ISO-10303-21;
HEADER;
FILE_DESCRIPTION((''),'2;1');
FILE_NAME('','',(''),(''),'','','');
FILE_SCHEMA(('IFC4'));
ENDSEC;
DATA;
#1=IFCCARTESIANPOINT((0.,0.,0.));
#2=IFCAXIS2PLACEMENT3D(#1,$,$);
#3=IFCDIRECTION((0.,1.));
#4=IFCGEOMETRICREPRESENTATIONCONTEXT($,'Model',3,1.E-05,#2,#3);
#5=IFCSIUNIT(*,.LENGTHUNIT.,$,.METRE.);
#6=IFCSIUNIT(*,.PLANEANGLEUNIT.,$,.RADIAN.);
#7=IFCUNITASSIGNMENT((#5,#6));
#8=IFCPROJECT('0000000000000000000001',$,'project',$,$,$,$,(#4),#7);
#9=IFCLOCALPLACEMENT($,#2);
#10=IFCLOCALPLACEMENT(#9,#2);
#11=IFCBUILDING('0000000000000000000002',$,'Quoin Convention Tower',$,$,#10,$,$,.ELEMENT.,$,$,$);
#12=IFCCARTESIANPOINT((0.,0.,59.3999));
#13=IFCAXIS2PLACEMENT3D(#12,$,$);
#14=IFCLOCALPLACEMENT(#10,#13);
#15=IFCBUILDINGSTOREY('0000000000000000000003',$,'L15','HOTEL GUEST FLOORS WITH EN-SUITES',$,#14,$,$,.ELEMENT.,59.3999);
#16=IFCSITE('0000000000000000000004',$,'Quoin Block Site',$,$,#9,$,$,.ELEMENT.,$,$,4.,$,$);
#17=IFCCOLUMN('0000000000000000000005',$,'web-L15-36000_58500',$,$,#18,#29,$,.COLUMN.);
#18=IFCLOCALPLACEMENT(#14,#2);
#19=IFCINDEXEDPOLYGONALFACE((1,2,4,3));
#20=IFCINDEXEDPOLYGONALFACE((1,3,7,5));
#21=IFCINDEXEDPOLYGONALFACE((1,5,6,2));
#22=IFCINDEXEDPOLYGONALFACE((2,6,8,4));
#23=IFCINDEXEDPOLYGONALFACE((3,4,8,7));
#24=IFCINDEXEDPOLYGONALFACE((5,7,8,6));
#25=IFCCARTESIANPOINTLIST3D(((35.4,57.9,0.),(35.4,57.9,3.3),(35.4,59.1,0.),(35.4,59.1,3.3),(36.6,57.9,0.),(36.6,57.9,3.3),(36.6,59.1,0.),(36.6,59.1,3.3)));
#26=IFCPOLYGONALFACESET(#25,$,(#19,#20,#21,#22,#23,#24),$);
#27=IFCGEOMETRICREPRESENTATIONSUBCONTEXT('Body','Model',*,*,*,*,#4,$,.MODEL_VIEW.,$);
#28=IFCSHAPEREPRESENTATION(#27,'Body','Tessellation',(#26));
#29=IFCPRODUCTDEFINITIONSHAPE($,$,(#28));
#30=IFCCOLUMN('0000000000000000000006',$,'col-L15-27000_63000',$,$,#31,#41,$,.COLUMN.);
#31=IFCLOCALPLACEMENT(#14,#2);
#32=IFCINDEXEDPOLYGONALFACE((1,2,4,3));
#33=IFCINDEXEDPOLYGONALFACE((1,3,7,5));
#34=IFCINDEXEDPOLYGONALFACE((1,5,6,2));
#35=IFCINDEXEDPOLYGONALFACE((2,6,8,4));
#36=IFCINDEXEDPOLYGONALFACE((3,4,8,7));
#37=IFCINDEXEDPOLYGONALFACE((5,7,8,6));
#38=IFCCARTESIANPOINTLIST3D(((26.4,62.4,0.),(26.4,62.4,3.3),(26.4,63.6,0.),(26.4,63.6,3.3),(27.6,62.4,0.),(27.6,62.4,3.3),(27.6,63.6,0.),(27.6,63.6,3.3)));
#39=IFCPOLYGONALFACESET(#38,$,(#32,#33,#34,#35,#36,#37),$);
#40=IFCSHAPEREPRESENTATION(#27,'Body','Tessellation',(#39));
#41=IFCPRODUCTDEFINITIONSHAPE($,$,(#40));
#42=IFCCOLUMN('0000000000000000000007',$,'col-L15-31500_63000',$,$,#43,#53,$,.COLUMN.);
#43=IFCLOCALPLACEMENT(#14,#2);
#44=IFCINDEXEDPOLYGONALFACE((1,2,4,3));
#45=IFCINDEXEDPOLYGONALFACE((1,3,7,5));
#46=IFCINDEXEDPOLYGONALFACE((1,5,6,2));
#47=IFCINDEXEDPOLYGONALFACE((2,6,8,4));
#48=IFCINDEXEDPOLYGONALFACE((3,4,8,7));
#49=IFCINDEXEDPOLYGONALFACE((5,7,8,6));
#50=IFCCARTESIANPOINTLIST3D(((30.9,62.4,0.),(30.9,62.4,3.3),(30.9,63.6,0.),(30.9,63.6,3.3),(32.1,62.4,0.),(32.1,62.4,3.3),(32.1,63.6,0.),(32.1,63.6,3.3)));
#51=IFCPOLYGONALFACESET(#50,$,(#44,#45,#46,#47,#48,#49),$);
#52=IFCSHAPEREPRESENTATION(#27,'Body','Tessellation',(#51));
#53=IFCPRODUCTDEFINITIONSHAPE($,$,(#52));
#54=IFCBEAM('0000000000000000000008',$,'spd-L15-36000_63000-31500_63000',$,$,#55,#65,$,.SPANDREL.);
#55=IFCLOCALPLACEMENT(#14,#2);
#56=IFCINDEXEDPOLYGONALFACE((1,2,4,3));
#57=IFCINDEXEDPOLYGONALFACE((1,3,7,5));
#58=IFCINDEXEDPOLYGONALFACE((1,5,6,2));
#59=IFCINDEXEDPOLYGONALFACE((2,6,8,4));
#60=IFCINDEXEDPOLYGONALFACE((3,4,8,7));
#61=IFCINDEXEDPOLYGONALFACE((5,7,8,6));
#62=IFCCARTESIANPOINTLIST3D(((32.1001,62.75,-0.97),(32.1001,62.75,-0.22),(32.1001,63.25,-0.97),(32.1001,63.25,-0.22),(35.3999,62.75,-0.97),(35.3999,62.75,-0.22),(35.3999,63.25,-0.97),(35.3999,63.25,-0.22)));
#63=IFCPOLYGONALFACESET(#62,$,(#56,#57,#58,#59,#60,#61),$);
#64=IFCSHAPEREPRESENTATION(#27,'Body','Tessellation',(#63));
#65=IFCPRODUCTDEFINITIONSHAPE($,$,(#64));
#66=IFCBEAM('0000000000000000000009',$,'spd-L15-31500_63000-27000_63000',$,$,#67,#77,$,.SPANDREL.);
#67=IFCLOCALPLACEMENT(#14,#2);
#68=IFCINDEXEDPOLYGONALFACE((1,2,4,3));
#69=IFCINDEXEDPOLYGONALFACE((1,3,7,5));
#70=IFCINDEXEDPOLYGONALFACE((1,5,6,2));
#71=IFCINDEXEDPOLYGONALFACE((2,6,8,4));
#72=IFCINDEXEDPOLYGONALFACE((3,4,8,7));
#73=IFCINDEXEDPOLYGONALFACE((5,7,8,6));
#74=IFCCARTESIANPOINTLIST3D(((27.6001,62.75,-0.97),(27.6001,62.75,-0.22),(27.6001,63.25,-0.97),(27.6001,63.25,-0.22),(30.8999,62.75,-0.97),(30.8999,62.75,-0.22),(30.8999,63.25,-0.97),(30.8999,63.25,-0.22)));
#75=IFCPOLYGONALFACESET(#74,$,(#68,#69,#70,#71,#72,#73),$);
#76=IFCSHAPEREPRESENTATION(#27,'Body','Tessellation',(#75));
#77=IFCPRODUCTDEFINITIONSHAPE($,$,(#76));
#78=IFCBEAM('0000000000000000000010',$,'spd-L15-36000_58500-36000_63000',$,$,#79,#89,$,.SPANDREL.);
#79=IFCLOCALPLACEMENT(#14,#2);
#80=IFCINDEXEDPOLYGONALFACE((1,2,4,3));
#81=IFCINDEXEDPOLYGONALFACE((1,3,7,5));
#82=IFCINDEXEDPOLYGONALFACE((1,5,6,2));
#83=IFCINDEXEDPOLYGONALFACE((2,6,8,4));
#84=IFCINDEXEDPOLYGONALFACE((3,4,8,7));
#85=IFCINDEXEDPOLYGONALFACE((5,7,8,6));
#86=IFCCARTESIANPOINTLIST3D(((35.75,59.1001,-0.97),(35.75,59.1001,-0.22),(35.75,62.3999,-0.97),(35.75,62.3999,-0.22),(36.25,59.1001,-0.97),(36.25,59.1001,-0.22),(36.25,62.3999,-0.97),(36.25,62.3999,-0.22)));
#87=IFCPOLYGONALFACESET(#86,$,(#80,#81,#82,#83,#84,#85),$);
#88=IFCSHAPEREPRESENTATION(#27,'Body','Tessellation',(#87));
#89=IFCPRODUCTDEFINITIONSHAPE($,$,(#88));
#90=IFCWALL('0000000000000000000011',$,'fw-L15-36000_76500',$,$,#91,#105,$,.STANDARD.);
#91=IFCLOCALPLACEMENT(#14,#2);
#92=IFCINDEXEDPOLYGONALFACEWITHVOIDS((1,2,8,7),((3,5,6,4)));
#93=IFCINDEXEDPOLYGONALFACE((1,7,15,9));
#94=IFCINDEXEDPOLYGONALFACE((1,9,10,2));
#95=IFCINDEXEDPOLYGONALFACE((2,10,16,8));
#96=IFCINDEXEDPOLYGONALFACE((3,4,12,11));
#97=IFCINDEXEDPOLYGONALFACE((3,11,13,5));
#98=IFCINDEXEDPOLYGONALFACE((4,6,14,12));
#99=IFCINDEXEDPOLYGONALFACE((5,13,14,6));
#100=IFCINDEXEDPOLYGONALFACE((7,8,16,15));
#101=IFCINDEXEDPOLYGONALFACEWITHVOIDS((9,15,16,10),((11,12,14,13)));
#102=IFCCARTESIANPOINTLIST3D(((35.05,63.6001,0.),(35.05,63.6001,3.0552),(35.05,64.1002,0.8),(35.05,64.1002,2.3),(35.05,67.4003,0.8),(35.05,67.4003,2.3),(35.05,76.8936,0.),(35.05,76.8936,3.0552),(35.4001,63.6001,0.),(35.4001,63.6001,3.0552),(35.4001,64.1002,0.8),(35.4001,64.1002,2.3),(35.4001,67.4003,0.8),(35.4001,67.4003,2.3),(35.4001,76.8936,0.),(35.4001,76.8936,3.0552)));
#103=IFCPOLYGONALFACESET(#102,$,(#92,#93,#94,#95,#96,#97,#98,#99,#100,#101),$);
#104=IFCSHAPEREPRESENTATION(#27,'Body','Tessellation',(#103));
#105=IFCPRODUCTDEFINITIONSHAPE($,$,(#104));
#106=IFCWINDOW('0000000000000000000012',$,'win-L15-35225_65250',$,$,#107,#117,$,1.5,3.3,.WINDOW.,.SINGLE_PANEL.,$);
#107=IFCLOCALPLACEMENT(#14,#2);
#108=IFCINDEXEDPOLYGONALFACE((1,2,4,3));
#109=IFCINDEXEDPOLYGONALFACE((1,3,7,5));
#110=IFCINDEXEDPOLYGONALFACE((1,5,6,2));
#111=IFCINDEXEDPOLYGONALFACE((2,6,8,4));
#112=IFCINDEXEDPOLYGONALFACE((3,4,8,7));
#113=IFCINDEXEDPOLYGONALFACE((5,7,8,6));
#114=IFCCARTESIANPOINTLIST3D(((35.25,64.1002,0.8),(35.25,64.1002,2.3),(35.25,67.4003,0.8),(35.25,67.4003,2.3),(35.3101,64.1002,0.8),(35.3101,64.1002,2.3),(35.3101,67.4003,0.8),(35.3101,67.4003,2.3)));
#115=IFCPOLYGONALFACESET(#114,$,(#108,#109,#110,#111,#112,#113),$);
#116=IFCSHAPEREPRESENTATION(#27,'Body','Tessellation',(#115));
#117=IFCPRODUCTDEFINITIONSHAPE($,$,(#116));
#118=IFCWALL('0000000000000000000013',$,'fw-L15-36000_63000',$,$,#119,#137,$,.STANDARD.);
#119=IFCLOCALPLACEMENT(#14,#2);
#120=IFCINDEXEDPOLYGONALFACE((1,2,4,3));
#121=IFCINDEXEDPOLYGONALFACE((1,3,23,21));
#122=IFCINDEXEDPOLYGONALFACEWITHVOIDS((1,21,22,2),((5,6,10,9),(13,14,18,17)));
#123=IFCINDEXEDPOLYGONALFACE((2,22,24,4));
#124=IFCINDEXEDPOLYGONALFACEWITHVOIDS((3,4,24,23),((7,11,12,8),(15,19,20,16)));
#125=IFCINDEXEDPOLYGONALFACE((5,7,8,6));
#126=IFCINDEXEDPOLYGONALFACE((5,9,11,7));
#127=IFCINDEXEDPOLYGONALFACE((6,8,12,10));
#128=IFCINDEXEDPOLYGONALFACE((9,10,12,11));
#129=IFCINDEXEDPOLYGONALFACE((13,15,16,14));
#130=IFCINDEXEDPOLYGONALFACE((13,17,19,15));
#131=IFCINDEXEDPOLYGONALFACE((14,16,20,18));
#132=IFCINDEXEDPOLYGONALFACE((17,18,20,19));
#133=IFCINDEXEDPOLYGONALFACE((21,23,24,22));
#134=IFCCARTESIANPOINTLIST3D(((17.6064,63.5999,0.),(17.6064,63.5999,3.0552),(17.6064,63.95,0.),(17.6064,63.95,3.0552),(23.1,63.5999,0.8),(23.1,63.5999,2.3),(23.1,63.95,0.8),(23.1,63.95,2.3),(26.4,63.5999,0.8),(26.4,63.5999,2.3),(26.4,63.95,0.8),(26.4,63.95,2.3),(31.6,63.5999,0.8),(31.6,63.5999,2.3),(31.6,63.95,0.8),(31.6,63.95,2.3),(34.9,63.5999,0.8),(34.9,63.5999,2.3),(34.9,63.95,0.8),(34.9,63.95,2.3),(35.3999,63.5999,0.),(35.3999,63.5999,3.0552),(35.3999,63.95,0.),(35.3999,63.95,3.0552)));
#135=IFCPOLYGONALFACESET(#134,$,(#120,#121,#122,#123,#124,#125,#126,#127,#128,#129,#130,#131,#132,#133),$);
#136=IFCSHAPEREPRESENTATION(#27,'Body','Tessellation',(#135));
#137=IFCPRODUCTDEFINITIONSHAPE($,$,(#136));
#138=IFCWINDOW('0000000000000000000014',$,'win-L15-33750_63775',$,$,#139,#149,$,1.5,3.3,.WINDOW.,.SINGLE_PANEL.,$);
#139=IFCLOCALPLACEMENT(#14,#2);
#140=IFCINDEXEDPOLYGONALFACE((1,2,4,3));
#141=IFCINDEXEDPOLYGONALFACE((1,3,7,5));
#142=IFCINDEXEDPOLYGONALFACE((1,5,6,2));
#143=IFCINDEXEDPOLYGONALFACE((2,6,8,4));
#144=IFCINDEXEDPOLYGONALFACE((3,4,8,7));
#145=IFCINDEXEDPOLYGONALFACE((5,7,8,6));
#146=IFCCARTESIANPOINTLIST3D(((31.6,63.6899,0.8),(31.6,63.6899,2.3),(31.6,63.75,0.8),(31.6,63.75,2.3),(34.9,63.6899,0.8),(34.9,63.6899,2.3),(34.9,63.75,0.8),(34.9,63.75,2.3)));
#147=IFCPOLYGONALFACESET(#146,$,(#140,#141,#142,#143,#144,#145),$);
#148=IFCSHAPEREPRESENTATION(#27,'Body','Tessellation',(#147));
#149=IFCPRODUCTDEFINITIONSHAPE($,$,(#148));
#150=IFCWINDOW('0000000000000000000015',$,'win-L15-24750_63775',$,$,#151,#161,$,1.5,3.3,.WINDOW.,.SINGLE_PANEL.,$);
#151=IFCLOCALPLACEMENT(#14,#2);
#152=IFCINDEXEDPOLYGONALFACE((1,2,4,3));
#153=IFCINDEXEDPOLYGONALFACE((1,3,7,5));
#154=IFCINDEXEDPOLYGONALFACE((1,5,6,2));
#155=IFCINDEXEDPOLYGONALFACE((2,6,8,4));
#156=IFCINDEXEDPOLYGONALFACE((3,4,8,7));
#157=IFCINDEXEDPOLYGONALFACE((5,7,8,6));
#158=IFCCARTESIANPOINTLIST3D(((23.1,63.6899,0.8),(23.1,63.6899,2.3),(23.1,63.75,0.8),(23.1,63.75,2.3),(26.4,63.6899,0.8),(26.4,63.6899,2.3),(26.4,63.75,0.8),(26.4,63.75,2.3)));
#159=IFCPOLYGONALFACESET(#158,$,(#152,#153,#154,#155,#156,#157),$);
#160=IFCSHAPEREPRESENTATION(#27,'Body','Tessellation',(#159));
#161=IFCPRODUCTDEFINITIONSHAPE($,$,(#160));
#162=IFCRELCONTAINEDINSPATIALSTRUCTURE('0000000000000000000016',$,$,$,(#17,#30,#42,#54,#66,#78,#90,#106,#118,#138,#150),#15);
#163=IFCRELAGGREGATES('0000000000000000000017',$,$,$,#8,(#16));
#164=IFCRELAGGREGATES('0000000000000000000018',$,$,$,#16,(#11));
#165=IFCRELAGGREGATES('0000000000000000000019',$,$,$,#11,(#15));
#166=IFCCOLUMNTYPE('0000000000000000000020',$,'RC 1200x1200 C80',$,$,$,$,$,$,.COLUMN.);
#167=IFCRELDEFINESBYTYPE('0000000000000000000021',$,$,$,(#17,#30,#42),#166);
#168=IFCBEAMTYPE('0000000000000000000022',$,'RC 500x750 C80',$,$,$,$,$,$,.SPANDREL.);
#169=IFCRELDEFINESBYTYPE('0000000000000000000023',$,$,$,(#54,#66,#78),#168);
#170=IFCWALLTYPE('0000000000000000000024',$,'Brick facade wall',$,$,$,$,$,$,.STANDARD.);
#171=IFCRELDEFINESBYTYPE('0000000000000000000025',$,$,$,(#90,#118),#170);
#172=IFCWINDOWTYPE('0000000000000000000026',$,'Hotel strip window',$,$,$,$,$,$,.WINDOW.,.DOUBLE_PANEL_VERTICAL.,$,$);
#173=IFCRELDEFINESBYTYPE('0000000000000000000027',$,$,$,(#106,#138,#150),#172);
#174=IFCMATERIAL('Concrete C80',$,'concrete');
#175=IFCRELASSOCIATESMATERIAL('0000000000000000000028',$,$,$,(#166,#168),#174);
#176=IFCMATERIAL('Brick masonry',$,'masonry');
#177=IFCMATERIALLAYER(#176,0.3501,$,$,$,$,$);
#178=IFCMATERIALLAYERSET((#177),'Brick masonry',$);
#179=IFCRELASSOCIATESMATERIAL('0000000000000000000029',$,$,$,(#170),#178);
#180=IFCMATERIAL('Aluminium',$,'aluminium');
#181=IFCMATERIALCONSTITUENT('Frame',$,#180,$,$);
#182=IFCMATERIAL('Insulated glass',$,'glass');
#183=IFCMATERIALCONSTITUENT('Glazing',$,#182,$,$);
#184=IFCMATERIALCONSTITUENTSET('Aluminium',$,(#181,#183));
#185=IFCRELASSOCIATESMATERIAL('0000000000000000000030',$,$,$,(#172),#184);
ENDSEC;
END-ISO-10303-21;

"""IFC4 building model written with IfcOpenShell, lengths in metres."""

from ifc_helpers import new_model, si_unit, direction, frame, frame_2d, origin, origin_2d, place, context, subcontext, project, spatial, rectangle, extrude, material, layer, layer_set, constituent, constituent_set, material_profile, profile_set, type_object, element, fill, save


model = new_model("IFC4")

# Units and contexts
model_context = context("Model", 3, precision=1e-05, world=origin(), true_north=direction((0.0, 1.0)))
body_context = subcontext(model_context, "Body", "Model", "MODEL_VIEW")
ifc_project = project(units=[si_unit("LENGTHUNIT", "METRE"), si_unit("PLANEANGLEUNIT", "RADIAN")], contexts=[model_context])

# Site, building, storey
site_placement = place(None, origin())
site = spatial("IfcSite", under=ifc_project, at=site_placement, Name="Quoin Block Site", CompositionType="ELEMENT", RefElevation=4.0)
building_placement = place(site_placement, origin())
building = spatial("IfcBuilding", under=site, at=building_placement, Name="Quoin Convention Tower", CompositionType="ELEMENT")
storey_placement = place(building_placement, frame((0.0, 0.0, 59.3999)))
storey = spatial("IfcBuildingStorey", under=building, at=storey_placement, Name="L15", Description="HOTEL GUEST FLOORS WITH EN-SUITES", CompositionType="ELEMENT", Elevation=59.3999)

# Columns
ifc_material_1 = material(Name="Concrete C80", Category="concrete")
ifc_material_profile_1 = material_profile(ifc_material_1, rectangle(XDim=1.2, YDim=1.2, at=origin_2d()), Name="RC 1200x1200")
ifc_profile_set_1 = profile_set([ifc_material_profile_1], Name="Concrete C80")
column_type = type_object("IfcColumnType", Name="RC 1200x1200 C80", PredefinedType="COLUMN", material=ifc_profile_set_1)
for number, where, z_axis, x_axis, name in (
    (1, (36.0, 58.5, 0.0), (0.0, 0.0, 1.0), (1.0, 0.0, 0.0), "web-L15-36000_58500"),
    (2, (27.0, 63.0, 0.0), (0.0, 0.0, 1.0), (1.0, 0.0, 0.0), "col-L15-27000_63000"),
    (3, (31.5, 63.0, 0.0), (0.0, 0.0, 1.0), (1.0, 0.0, 0.0), "col-L15-31500_63000"),
):
    element("IfcColumn", number, at=place(storey_placement, frame(where, z_axis=z_axis, x_axis=x_axis)), inside=storey, type_object=column_type, Name=name, PredefinedType="COLUMN", context=body_context, shape_type="SweptSolid", body=[
        extrude(rectangle(XDim=1.2, YDim=1.2, at=origin_2d()), origin(), (0.0, 0.0, 1.0), 3.3),
    ])

# Beams
ifc_material_profile_2 = material_profile(ifc_material_1, rectangle(XDim=0.5, YDim=0.75, at=origin_2d()), Name="RC 500x750")
ifc_profile_set_2 = profile_set([ifc_material_profile_2], Name="Concrete C80")
beam_type = type_object("IfcBeamType", Name="RC 500x750 C80", PredefinedType="SPANDREL", material=ifc_profile_set_2)
for number, where, z_axis, x_axis, name in (
    (4, (35.3999, 63.0, -0.595), (-1.0, 0.0, 0.0), (0.0, -1.0, 0.0), "spd-L15-36000_63000-31500_63000"),
    (5, (30.8999, 63.0, -0.595), (-1.0, 0.0, 0.0), (0.0, -1.0, 0.0), "spd-L15-31500_63000-27000_63000"),
    (6, (36.0, 59.1001, -0.595), (0.0, 1.0, 0.0), (-1.0, 0.0, 0.0), "spd-L15-36000_58500-36000_63000"),
):
    element("IfcBeam", number, at=place(storey_placement, frame(where, z_axis=z_axis, x_axis=x_axis)), inside=storey, type_object=beam_type, Name=name, PredefinedType="SPANDREL", context=body_context, shape_type="SweptSolid", body=[
        extrude(rectangle(XDim=0.5, YDim=0.75, at=origin_2d()), origin(), (0.0, 0.0, 1.0), 3.2998),
    ])

# Wall, opening, window
ifc_material_2 = material(Name="Brick masonry", Category="masonry")
ifc_layer_1 = layer(ifc_material_2, 0.3501)
ifc_layer_set_1 = layer_set([ifc_layer_1], Name="Brick masonry")
wall_type_1 = type_object("IfcWallType", Name="Brick facade wall", PredefinedType="STANDARD", material=ifc_layer_set_1)
wall_1_placement = place(storey_placement, frame((35.2251, 76.8936, 0.0), z_axis=(0.0, 0.0, 1.0), x_axis=(0.0, -1.0, 0.0)))
wall_1 = element("IfcWall", 7, at=wall_1_placement, inside=storey, type_object=wall_type_1, Name="fw-L15-36000_76500", PredefinedType="STANDARD", context=body_context, shape_type="SweptSolid", body=[
    extrude(rectangle(XDim=13.2935, YDim=0.3501, at=frame_2d((6.6467, 0.0))), origin(), (0.0, 0.0, 1.0), 3.0552),
])
opening_1_placement = place(wall_1_placement, frame((9.4934, 0.0, 0.8)))
opening_1 = element("IfcOpeningElement", 8, at=opening_1_placement, cuts=wall_1, PredefinedType="OPENING", context=body_context, shape_type="SweptSolid", body=[
    extrude(rectangle(XDim=3.3, YDim=1.5, at=frame_2d((1.6499, 0.75))), frame((0.0, 0.1851, 0.0), z_axis=(0.0, -1.0, 0.0), x_axis=(1.0, 0.0, 0.0)), (0.0, 0.0, 1.0), 0.3701),
])
ifc_material_3 = material(Name="Aluminium", Category="aluminium")
ifc_constituent_1 = constituent(ifc_material_3, Name="Frame")
ifc_material_4 = material(Name="Insulated glass", Category="glass")
ifc_constituent_2 = constituent(ifc_material_4, Name="Glazing")
ifc_constituent_set = constituent_set(constituents=[ifc_constituent_1, ifc_constituent_2], Name="Aluminium")
window_type = type_object("IfcWindowType", Name="Hotel strip window", PartitioningType="DOUBLE_PANEL_VERTICAL", PredefinedType="WINDOW", material=ifc_constituent_set)
window_1_placement = place(opening_1_placement, origin())
window_1 = element("IfcWindow", 9, at=window_1_placement, inside=storey, type_object=window_type, Name="win-L15-35225_65250", OverallHeight=1.5, OverallWidth=3.3, PartitioningType="SINGLE_PANEL", PredefinedType="WINDOW", context=body_context, shape_type="SweptSolid", body=[
    extrude(rectangle(XDim=3.3, YDim=1.5, at=frame_2d((1.6499, 0.75))), frame((0.0, 0.085, 0.0), z_axis=(0.0, -1.0, 0.0), x_axis=(1.0, 0.0, 0.0)), (0.0, 0.0, 1.0), 0.0601),
])
fill(opening_1, window_1)

# Wall, openings, windows
wall_2_placement = place(storey_placement, frame((35.3999, 63.7749, 0.0), z_axis=(0.0, 0.0, 1.0), x_axis=(-1.0, 0.0, 0.0)))
wall_2 = element("IfcWall", 10, at=wall_2_placement, inside=storey, type_object=wall_type_1, Name="fw-L15-36000_63000", PredefinedType="STANDARD", context=body_context, shape_type="SweptSolid", body=[
    extrude(rectangle(XDim=17.7935, YDim=0.3501, at=frame_2d((8.8967, 0.0))), origin(), (0.0, 0.0, 1.0), 3.0552),
])
opening_2_placement = place(wall_2_placement, frame((0.5, 0.0, 0.8)))
opening_2 = element("IfcOpeningElement", 11, at=opening_2_placement, cuts=wall_2, PredefinedType="OPENING", context=body_context, shape_type="SweptSolid", body=[
    extrude(rectangle(XDim=3.3, YDim=1.5, at=frame_2d((1.6499, 0.75))), frame((0.0, 0.1851, 0.0), z_axis=(0.0, -1.0, 0.0), x_axis=(1.0, 0.0, 0.0)), (0.0, 0.0, 1.0), 0.3701),
])
opening_3_placement = place(wall_2_placement, frame((9.0, 0.0, 0.8)))
opening_3 = element("IfcOpeningElement", 12, at=opening_3_placement, cuts=wall_2, PredefinedType="OPENING", context=body_context, shape_type="SweptSolid", body=[
    extrude(rectangle(XDim=3.3, YDim=1.5, at=frame_2d((1.6499, 0.75))), frame((0.0, 0.1851, 0.0), z_axis=(0.0, -1.0, 0.0), x_axis=(1.0, 0.0, 0.0)), (0.0, 0.0, 1.0), 0.3701),
])
window_2_placement = place(opening_2_placement, origin())
window_2 = element("IfcWindow", 13, at=window_2_placement, inside=storey, type_object=window_type, Name="win-L15-33750_63775", OverallHeight=1.5, OverallWidth=3.3, PartitioningType="SINGLE_PANEL", PredefinedType="WINDOW", context=body_context, shape_type="SweptSolid", body=[
    extrude(rectangle(XDim=3.3, YDim=1.5, at=frame_2d((1.6499, 0.75))), frame((0.0, 0.085, 0.0), z_axis=(0.0, -1.0, 0.0), x_axis=(1.0, 0.0, 0.0)), (0.0, 0.0, 1.0), 0.0601),
])
fill(opening_2, window_2)
window_3_placement = place(opening_3_placement, origin())
window_3 = element("IfcWindow", 14, at=window_3_placement, inside=storey, type_object=window_type, Name="win-L15-24750_63775", OverallHeight=1.5, OverallWidth=3.3, PartitioningType="SINGLE_PANEL", PredefinedType="WINDOW", context=body_context, shape_type="SweptSolid", body=[
    extrude(rectangle(XDim=3.3, YDim=1.5, at=frame_2d((1.6499, 0.75))), frame((0.0, 0.085, 0.0), z_axis=(0.0, -1.0, 0.0), x_axis=(1.0, 0.0, 0.0)), (0.0, 0.0, 1.0), 0.0601),
])
fill(opening_3, window_3)

save(model, "model.ifc")
